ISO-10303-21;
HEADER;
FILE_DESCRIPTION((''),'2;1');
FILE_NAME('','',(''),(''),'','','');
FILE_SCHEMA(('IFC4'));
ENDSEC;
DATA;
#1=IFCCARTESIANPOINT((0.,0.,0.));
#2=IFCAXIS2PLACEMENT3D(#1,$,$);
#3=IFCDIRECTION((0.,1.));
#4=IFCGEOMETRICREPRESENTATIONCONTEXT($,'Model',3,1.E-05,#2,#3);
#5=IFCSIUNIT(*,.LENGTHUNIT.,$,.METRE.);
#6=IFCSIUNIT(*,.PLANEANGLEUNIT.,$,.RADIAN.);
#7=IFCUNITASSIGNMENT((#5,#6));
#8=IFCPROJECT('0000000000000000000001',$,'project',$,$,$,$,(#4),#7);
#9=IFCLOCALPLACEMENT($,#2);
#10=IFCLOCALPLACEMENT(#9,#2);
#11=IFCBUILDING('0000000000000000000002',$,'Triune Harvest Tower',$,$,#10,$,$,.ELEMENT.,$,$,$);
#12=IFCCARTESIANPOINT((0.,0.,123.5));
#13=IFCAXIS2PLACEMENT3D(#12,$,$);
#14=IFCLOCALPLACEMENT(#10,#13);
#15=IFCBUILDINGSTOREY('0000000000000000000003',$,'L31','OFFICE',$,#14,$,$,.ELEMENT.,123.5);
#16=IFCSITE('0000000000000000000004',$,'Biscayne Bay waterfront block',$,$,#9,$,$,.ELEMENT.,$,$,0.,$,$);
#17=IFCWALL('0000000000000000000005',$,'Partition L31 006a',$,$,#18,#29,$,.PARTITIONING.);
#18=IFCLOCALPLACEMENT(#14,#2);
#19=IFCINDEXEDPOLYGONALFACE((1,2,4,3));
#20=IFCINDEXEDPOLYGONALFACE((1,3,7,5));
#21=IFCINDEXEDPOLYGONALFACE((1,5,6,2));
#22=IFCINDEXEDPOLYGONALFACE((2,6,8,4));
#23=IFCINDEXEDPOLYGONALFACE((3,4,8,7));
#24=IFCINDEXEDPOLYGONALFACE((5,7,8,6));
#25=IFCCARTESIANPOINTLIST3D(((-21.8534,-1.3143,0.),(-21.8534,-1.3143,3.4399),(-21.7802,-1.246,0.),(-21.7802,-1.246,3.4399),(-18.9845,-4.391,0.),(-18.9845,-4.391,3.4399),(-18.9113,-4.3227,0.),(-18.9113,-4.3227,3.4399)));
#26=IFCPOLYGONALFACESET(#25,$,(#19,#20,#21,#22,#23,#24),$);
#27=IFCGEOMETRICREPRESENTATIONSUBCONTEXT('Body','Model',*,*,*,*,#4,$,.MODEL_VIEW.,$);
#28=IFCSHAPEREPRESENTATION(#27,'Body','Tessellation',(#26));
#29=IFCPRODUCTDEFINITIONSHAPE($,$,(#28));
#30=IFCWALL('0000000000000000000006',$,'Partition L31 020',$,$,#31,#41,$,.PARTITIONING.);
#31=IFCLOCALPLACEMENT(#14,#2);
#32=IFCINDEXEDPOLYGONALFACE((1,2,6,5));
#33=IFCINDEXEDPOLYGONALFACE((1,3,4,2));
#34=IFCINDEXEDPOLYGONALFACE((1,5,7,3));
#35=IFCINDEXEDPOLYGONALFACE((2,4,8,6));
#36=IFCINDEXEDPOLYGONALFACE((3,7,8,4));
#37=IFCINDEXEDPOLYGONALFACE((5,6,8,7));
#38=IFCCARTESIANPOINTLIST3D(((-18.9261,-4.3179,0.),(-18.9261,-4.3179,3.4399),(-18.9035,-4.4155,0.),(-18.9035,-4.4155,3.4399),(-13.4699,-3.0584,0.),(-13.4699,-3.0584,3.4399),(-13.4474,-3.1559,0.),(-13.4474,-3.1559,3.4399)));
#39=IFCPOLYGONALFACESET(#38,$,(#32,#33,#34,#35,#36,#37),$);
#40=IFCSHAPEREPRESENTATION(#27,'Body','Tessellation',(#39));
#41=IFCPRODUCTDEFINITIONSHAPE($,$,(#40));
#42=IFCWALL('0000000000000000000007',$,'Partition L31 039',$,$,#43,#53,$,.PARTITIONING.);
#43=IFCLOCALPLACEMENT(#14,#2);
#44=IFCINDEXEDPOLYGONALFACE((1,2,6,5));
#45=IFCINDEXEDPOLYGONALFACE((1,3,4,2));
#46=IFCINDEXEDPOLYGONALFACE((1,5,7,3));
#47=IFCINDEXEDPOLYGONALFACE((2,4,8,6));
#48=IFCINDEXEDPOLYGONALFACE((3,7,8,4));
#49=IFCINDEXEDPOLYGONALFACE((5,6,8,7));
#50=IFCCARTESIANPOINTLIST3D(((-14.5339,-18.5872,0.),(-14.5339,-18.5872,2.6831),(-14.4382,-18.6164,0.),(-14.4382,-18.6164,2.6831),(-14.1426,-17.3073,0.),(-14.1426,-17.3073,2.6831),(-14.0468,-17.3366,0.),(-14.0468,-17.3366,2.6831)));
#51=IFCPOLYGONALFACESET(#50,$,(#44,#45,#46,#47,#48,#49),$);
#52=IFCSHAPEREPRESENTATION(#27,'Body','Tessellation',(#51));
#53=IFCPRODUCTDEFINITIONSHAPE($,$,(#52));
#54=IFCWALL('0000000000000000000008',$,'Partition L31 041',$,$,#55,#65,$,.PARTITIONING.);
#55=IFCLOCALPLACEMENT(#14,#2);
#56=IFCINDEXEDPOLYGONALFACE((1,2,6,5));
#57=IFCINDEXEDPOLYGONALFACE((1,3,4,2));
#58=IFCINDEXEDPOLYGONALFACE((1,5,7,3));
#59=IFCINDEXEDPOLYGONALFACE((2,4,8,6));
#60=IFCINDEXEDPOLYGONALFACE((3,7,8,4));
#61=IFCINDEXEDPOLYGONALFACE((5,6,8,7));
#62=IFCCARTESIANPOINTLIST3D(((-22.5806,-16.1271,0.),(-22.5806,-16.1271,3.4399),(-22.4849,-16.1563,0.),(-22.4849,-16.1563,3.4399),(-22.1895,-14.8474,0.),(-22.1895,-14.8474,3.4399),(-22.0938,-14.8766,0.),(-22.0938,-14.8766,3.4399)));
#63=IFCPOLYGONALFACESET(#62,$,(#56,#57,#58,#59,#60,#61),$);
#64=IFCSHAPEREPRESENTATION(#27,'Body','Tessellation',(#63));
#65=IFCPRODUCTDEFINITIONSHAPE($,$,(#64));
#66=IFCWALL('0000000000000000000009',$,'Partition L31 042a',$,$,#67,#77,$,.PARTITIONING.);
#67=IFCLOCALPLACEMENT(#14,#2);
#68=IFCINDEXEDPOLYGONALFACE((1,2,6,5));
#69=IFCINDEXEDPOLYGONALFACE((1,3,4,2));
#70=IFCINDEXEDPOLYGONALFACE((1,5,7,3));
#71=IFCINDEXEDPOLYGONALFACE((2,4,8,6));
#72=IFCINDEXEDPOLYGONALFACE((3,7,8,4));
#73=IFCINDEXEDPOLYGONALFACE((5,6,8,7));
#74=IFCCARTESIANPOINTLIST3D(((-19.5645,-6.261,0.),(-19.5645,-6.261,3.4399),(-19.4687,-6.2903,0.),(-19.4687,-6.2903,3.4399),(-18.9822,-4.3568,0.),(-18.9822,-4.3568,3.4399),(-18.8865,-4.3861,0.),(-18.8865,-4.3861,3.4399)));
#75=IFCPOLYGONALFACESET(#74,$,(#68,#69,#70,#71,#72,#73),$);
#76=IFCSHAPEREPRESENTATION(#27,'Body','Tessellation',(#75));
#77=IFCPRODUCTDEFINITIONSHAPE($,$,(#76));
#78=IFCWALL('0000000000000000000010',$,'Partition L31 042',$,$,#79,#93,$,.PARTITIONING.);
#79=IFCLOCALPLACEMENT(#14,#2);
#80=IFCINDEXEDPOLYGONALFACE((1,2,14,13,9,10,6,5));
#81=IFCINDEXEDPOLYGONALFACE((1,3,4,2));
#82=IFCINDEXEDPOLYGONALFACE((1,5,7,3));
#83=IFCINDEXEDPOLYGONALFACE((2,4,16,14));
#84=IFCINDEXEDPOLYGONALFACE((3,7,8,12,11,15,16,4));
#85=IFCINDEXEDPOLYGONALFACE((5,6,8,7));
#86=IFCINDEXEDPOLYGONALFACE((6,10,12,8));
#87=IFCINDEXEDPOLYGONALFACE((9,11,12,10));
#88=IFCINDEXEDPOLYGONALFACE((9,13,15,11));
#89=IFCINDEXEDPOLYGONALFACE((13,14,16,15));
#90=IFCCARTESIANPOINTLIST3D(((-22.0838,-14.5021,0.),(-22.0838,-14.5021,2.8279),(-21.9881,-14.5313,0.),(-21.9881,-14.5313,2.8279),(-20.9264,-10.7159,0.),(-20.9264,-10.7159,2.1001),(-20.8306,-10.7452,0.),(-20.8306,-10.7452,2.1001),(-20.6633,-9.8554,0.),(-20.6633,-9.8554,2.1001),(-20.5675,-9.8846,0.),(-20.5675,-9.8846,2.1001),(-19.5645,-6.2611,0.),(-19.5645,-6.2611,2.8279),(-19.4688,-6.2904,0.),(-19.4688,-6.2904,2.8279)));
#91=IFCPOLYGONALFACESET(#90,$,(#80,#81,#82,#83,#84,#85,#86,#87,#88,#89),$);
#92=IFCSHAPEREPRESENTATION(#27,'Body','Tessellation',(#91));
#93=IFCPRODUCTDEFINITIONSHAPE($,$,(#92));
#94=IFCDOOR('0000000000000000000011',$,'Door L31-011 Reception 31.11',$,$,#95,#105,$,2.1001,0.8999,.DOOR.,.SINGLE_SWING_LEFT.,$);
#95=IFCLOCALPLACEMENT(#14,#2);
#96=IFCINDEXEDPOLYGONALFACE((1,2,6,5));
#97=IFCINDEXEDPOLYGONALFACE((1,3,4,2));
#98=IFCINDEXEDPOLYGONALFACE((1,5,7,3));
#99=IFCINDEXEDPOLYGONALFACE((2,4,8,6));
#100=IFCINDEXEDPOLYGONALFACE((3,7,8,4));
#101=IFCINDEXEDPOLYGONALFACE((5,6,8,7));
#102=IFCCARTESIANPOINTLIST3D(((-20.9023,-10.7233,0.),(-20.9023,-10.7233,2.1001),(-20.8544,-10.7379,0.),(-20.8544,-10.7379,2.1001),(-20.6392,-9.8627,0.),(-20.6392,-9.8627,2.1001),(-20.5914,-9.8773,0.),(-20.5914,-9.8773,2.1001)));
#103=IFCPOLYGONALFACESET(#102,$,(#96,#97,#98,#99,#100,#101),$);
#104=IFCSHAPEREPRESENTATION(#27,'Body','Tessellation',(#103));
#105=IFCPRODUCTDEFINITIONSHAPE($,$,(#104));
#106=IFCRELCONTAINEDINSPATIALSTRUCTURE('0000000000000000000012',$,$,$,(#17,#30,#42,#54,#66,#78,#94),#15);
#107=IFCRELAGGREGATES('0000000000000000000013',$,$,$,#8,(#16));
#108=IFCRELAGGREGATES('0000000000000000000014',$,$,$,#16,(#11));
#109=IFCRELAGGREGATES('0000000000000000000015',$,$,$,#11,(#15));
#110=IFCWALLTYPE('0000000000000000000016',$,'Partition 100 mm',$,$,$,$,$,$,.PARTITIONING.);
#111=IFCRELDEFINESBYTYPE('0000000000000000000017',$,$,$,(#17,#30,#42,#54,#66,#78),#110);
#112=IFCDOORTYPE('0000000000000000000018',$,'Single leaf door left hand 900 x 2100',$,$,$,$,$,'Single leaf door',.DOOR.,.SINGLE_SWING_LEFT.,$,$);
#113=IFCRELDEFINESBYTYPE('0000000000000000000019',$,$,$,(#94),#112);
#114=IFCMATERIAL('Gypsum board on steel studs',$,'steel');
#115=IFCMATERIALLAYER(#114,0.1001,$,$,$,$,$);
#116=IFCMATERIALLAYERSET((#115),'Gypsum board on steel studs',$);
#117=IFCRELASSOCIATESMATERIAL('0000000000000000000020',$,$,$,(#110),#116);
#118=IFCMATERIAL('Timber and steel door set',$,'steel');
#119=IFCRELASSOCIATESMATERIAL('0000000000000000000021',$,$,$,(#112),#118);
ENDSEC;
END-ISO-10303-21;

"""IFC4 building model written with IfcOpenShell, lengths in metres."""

from ifc_helpers import new_model, si_unit, direction, frame, frame_2d, origin, place, context, subcontext, project, spatial, rectangle, extrude, source, transform, mapped, material, layer, layer_set, type_object, element, fill, save


model = new_model("IFC4")

# Units and contexts
model_context = context("Model", 3, precision=1e-05, world=origin(), true_north=direction((0.0, 1.0)))
body_context = subcontext(model_context, "Body", "Model", "MODEL_VIEW")
ifc_project = project(units=[si_unit("LENGTHUNIT", "METRE"), si_unit("PLANEANGLEUNIT", "RADIAN")], contexts=[model_context])

# Site, building, storey
site_placement = place(None, origin())
site = spatial("IfcSite", under=ifc_project, at=site_placement, Name="Biscayne Bay waterfront block", CompositionType="ELEMENT", RefElevation=0.0)
building_placement = place(site_placement, origin())
building = spatial("IfcBuilding", under=site, at=building_placement, Name="Triune Harvest Tower", CompositionType="ELEMENT")
storey_placement = place(building_placement, frame((0.0, 0.0, 123.5)))
storey = spatial("IfcBuildingStorey", under=building, at=storey_placement, Name="L31", Description="OFFICE", CompositionType="ELEMENT", Elevation=123.5)

# Walls
ifc_material_1 = material(Name="Gypsum board on steel studs", Category="steel")
ifc_layer_1 = layer(ifc_material_1, 0.1001)
ifc_layer_set_1 = layer_set([ifc_layer_1], Name="Gypsum board on steel studs")
wall_type_1 = type_object("IfcWallType", Name="Partition 100 mm", PredefinedType="PARTITIONING", material=ifc_layer_set_1)
wall_1_placement = place(storey_placement, frame((-21.8169, -1.28, 0.0), z_axis=(0.0, 0.0, 1.0), x_axis=(0.681981, -0.73137, 0.0)))
element("IfcWall", 1, at=wall_1_placement, inside=storey, type_object=wall_type_1, Name="Partition L31 006a", PredefinedType="PARTITIONING", context=body_context, shape_type="SweptSolid", body=[
    extrude(rectangle(XDim=4.2068, YDim=0.1001, at=frame_2d((2.1035, 0.0))), origin(), (0.0, 0.0, 1.0), 3.4399),
])
wall_2_placement = place(storey_placement, frame((-18.9148, -4.3667, 0.0), z_axis=(0.0, 0.0, 1.0), x_axis=(0.974374, 0.224933, 0.0)))
element("IfcWall", 2, at=wall_2_placement, inside=storey, type_object=wall_type_1, Name="Partition L31 020", PredefinedType="PARTITIONING", context=body_context, shape_type="SweptSolid", body=[
    extrude(rectangle(XDim=5.5996, YDim=0.1001, at=frame_2d((2.7998, 0.0))), origin(), (0.0, 0.0, 1.0), 3.4399),
])
wall_3_placement = place(storey_placement, frame((-14.4861, -18.6018, 0.0), z_axis=(0.0, 0.0, 1.0), x_axis=(0.292432, 0.956286, 0.0)))
element("IfcWall", 3, at=wall_3_placement, inside=storey, type_object=wall_type_1, Name="Partition L31 039", PredefinedType="PARTITIONING", context=body_context, shape_type="SweptSolid", body=[
    extrude(rectangle(XDim=1.3384, YDim=0.1001, at=frame_2d((0.6692, 0.0))), origin(), (0.0, 0.0, 1.0), 2.6831),
])
shared_shape_1 = source(origin(), body_context, "Body", "SweptSolid", [
    extrude(rectangle(XDim=1.3381, YDim=0.1001, at=frame_2d((0.6689, 0.0))), origin(), (0.0, 0.0, 1.0), 3.4399),
])
wall_4_placement = place(storey_placement, frame((-22.5327, -16.1416, 0.0), z_axis=(0.0, 0.0, 1.0), x_axis=(0.292265, 0.956337, 0.0)))
element("IfcWall", 4, at=wall_4_placement, inside=storey, type_object=wall_type_1, Name="Partition L31 041", PredefinedType="PARTITIONING", context=body_context, shape_type="MappedRepresentation", body=[
    mapped(shared_shape_1, transform((0.0, 0.0, 0.0), scale=1.0)),
])
shared_shape_2 = source(origin(), body_context, "Body", "SweptSolid", [
    extrude(rectangle(XDim=1.9912, YDim=0.1001, at=frame_2d((0.9956, 0.0))), origin(), (0.0, 0.0, 1.0), 3.4399),
])
wall_5_placement = place(storey_placement, frame((-19.5166, -6.2756, 0.0), z_axis=(0.0, 0.0, 1.0), x_axis=(0.292405, 0.956294, 0.0)))
element("IfcWall", 5, at=wall_5_placement, inside=storey, type_object=wall_type_1, Name="Partition L31 042a", PredefinedType="PARTITIONING", context=body_context, shape_type="MappedRepresentation", body=[
    mapped(shared_shape_2, transform((0.0, 0.0, 0.0), scale=1.0)),
])

# Wall, opening, door
shared_shape_3 = source(origin(), body_context, "Body", "SweptSolid", [
    extrude(rectangle(XDim=8.6174, YDim=0.1001, at=frame_2d((4.3086, 0.0))), origin(), (0.0, 0.0, 1.0), 2.8279),
])
wall_6_placement = place(storey_placement, frame((-22.0359, -14.5166, 0.0), z_axis=(0.0, 0.0, 1.0), x_axis=(0.292347, 0.956312, 0.0)))
wall_6 = element("IfcWall", 6, at=wall_6_placement, inside=storey, type_object=wall_type_1, Name="Partition L31 042", PredefinedType="PARTITIONING", context=body_context, shape_type="MappedRepresentation", body=[
    mapped(shared_shape_3, transform((0.0, 0.0, 0.0), scale=1.0)),
])
opening_1_placement = place(wall_6_placement, frame((3.959, 0.0, 0.0)))
opening_1 = element("IfcOpeningElement", 7, at=opening_1_placement, cuts=wall_6, PredefinedType="OPENING", context=body_context, shape_type="SweptSolid", body=[
    extrude(rectangle(XDim=0.8999, YDim=2.1001, at=frame_2d((0.45, 1.05))), frame((0.0, 0.0601, 0.0), z_axis=(0.0, -1.0, 0.0), x_axis=(1.0, 0.0, 0.0)), (0.0, 0.0, 1.0), 0.1201),
])
ifc_material_2 = material(Name="Timber and steel door set", Category="steel")
door_type_1 = type_object("IfcDoorType", Name="Single leaf door left hand 900 x 2100", ElementType="Single leaf door", OperationType="SINGLE_SWING_LEFT", PredefinedType="DOOR", material=ifc_material_2)
door_1_placement = place(opening_1_placement, origin())
door_1 = element("IfcDoor", 8, at=door_1_placement, inside=storey, type_object=door_type_1, Name="Door L31-011 Reception 31.11", OperationType="SINGLE_SWING_LEFT", OverallHeight=2.1001, OverallWidth=0.8999, PredefinedType="DOOR", context=body_context, shape_type="SweptSolid", body=[
    extrude(rectangle(XDim=0.8999, YDim=2.1001, at=frame_2d((0.45, 1.05))), frame((0.0, 0.0249, 0.0), z_axis=(0.0, -1.0, 0.0), x_axis=(1.0, 0.0, 0.0)), (0.0, 0.0, 1.0), 0.05),
])
fill(opening_1, door_1)

save(model, "model.ifc")
